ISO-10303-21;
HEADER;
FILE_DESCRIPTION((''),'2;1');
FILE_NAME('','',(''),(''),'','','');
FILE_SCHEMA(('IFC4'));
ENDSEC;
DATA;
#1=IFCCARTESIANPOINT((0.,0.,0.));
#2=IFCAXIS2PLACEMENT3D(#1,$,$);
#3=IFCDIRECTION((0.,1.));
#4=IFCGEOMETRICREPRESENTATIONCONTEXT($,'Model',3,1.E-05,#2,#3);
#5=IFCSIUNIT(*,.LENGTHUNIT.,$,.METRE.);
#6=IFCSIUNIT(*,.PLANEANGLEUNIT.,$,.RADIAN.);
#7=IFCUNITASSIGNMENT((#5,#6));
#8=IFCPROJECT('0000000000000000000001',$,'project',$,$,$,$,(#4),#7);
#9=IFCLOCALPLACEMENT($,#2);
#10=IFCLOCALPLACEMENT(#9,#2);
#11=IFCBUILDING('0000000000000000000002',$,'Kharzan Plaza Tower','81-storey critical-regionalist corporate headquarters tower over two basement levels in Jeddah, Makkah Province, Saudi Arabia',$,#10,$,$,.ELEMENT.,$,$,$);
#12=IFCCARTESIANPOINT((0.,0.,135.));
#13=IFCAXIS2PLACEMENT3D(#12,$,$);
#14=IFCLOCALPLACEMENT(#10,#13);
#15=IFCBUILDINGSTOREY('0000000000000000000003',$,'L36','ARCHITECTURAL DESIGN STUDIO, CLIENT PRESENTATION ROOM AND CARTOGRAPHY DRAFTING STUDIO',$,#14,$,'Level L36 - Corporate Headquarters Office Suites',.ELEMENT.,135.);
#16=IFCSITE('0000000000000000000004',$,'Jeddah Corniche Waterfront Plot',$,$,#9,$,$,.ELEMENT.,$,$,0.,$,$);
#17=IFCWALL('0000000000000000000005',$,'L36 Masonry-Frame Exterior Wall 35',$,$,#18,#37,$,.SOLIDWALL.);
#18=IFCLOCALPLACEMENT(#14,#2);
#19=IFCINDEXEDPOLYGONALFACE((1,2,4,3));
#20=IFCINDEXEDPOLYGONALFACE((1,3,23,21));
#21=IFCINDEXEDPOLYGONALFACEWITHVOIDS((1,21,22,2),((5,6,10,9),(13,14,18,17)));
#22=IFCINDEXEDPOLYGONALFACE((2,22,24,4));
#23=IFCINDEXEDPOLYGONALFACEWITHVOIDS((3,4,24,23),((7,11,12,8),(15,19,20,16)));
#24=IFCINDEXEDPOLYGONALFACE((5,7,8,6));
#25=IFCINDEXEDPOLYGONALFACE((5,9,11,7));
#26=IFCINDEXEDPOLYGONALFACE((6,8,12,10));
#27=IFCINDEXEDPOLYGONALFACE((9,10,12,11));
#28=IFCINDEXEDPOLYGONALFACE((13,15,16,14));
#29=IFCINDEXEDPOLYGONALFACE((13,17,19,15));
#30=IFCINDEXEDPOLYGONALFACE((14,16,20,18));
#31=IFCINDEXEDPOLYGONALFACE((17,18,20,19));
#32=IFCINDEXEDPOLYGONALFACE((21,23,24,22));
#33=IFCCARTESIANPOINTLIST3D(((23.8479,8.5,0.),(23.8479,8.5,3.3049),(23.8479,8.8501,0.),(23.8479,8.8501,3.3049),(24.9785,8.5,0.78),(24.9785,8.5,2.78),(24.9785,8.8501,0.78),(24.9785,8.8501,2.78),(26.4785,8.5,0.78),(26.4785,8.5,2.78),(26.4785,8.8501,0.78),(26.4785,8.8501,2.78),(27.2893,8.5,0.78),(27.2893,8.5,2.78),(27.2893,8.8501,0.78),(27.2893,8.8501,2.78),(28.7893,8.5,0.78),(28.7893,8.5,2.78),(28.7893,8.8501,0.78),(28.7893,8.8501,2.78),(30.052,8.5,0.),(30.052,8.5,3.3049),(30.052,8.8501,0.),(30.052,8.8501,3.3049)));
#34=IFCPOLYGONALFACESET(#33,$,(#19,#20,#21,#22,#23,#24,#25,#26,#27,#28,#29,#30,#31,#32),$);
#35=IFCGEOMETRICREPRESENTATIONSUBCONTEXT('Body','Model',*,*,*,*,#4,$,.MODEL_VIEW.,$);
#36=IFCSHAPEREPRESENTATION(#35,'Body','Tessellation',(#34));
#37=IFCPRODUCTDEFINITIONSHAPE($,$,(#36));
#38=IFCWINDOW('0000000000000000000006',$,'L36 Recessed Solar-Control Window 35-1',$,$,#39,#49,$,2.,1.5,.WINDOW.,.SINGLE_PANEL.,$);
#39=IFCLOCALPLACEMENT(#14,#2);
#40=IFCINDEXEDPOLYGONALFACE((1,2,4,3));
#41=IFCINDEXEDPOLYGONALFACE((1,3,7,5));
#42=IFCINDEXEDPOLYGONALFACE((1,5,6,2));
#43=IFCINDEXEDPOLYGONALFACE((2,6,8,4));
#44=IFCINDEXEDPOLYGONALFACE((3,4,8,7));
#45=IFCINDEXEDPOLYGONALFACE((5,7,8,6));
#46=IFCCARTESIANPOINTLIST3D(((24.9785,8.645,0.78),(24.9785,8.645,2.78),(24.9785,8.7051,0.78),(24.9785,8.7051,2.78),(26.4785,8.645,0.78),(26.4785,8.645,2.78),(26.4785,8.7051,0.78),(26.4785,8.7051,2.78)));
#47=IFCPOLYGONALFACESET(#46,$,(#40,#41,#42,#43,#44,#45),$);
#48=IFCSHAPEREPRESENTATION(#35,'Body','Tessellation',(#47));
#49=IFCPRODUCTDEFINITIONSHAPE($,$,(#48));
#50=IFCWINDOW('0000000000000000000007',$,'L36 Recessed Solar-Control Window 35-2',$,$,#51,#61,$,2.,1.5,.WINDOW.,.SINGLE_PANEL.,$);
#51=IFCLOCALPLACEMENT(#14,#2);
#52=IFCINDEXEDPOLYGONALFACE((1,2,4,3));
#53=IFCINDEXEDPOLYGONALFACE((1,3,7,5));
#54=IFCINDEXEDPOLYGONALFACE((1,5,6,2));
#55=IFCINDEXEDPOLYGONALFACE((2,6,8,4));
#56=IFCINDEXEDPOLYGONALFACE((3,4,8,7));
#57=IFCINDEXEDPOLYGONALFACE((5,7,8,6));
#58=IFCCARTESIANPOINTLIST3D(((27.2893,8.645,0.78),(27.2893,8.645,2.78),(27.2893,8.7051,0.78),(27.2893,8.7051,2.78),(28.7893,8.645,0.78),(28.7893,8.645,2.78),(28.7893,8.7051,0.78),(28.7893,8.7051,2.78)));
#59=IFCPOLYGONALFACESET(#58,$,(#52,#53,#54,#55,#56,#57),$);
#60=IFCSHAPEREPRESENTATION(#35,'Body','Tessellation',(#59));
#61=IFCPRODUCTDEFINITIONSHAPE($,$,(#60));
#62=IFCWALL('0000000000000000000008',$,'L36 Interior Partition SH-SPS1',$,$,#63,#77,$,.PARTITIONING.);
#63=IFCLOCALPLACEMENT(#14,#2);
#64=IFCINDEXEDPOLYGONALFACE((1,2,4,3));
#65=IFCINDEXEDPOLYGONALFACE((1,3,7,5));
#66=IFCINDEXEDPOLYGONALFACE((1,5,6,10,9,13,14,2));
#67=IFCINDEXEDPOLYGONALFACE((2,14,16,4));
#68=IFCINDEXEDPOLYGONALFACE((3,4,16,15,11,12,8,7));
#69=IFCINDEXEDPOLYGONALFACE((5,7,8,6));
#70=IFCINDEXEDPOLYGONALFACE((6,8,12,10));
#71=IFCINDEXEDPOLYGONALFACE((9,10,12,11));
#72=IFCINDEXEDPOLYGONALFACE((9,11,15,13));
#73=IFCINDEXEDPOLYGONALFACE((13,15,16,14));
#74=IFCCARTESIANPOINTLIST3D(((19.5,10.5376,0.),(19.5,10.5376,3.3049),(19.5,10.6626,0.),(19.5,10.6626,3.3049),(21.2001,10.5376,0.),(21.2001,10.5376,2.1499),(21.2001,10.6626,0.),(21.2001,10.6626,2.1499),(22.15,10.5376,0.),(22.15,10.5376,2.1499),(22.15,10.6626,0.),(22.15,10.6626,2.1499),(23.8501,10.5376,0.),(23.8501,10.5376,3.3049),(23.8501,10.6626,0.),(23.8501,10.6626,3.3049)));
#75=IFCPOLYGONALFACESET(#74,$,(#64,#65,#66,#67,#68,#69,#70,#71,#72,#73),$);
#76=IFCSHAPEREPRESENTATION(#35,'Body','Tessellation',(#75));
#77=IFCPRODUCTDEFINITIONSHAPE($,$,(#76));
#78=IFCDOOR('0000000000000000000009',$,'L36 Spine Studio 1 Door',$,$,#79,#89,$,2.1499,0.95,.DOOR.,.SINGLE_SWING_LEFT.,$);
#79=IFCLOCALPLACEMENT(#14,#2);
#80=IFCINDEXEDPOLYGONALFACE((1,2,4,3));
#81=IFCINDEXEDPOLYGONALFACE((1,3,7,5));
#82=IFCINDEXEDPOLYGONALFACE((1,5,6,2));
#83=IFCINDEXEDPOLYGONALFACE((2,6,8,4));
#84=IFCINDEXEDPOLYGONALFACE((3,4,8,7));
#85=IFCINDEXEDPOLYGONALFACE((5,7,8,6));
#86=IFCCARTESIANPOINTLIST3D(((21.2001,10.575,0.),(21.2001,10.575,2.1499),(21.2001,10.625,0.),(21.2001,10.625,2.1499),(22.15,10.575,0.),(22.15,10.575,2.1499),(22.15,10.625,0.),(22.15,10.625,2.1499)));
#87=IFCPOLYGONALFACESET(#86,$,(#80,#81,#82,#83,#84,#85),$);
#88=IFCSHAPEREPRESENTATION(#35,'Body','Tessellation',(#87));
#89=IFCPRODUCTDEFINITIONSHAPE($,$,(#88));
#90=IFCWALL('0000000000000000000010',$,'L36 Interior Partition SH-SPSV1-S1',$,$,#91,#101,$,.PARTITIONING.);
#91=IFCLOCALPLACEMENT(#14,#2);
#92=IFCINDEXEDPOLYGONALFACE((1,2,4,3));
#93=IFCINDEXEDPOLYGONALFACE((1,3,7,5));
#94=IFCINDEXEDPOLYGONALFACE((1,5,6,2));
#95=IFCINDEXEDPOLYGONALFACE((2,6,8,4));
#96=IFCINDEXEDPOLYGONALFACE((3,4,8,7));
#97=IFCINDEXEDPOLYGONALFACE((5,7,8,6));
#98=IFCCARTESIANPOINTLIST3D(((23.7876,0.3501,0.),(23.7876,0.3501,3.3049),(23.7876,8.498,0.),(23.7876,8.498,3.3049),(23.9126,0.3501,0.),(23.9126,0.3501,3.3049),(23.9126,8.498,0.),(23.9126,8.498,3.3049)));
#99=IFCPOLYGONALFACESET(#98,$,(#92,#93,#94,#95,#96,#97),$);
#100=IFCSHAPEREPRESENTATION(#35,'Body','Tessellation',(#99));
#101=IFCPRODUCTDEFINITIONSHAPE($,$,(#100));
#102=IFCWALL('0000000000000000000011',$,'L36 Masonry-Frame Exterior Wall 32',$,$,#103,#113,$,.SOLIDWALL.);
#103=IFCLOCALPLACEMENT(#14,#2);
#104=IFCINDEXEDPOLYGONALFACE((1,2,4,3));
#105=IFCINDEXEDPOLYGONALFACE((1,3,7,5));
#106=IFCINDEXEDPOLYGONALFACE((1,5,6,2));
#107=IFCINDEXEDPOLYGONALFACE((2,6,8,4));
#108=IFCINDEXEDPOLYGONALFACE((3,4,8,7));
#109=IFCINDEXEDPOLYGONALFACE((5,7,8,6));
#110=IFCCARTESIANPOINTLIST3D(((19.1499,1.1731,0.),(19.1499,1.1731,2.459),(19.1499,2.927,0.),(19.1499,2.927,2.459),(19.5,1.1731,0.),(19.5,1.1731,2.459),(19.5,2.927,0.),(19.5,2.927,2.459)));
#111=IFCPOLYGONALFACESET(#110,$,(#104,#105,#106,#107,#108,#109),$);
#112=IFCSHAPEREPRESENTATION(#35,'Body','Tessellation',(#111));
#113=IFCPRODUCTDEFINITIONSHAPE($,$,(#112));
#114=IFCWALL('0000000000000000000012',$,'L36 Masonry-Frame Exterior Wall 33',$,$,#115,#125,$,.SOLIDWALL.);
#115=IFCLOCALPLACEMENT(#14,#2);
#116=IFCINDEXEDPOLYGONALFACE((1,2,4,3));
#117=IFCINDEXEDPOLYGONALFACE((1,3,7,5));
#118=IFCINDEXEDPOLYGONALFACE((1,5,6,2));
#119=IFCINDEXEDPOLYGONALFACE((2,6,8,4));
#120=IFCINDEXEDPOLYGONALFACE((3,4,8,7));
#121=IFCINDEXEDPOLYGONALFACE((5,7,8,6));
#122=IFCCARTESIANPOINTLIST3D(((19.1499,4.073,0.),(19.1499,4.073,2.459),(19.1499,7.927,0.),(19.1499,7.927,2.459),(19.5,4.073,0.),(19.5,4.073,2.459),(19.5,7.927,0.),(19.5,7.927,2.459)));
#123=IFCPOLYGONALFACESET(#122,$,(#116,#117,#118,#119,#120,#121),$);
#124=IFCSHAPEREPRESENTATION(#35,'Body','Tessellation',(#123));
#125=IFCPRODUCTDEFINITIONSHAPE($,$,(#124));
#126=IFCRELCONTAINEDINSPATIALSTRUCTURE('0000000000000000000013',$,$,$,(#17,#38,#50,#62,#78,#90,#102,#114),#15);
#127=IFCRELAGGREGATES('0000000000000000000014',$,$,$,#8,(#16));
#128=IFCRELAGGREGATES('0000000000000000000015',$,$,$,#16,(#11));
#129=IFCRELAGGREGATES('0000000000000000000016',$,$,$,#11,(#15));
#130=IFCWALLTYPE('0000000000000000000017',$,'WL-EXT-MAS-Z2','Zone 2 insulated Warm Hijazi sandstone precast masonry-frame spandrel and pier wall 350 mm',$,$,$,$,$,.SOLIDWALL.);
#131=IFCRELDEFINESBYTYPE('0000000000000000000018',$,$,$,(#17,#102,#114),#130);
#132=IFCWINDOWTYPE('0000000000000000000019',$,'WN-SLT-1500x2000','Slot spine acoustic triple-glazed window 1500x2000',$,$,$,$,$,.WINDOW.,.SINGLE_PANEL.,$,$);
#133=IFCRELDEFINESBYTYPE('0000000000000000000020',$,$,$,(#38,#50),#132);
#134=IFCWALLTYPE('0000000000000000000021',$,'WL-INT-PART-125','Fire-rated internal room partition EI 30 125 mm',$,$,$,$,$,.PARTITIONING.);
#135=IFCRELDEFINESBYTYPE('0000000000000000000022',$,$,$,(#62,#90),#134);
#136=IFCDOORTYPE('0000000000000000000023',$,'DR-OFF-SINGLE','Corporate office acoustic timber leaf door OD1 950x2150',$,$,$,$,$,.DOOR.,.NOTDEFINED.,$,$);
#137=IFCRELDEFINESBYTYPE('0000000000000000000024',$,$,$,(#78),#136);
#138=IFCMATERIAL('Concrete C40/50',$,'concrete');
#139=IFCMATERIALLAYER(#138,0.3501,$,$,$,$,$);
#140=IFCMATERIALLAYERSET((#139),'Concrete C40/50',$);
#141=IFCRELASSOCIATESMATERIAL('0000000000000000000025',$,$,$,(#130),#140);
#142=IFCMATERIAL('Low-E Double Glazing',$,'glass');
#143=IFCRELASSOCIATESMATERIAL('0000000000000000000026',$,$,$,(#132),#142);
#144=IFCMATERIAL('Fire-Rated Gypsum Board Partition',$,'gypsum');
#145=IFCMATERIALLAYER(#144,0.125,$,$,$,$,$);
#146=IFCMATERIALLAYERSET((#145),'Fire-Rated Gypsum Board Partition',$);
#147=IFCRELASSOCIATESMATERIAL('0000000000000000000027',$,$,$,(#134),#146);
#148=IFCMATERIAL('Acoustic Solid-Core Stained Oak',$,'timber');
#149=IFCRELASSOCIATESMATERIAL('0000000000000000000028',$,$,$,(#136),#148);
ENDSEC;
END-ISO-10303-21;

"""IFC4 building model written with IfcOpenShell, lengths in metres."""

from ifc_helpers import new_model, si_unit, direction, frame, frame_2d, origin, place, context, subcontext, project, spatial, rectangle, extrude, source, transform, mapped, material, layer, layer_set, type_object, element, fill, save


model = new_model("IFC4")

# Units and contexts
model_context = context("Model", 3, precision=1e-05, world=origin(), true_north=direction((0.0, 1.0)))
body_context = subcontext(model_context, "Body", "Model", "MODEL_VIEW")
ifc_project = project(units=[si_unit("LENGTHUNIT", "METRE"), si_unit("PLANEANGLEUNIT", "RADIAN")], contexts=[model_context])

# Site, building, storey
site_placement = place(None, origin())
site = spatial("IfcSite", under=ifc_project, at=site_placement, Name="Jeddah Corniche Waterfront Plot", CompositionType="ELEMENT", RefElevation=0.0)
building_placement = place(site_placement, origin())
building = spatial("IfcBuilding", under=site, at=building_placement, Name="Kharzan Plaza Tower", Description="81-storey critical-regionalist corporate headquarters tower over two basement levels in Jeddah, Makkah Province, Saudi Arabia", CompositionType="ELEMENT")
storey_placement = place(building_placement, frame((0.0, 0.0, 135.0)))
storey = spatial("IfcBuildingStorey", under=building, at=storey_placement, Name="L36", Description="ARCHITECTURAL DESIGN STUDIO, CLIENT PRESENTATION ROOM AND CARTOGRAPHY DRAFTING STUDIO", LongName="Level L36 - Corporate Headquarters Office Suites", CompositionType="ELEMENT", Elevation=135.0)

# Shared definitions
ifc_material_1 = material(Name="Concrete C40/50", Category="concrete")
ifc_layer_1 = layer(ifc_material_1, 0.3501)
ifc_layer_set_1 = layer_set([ifc_layer_1], Name="Concrete C40/50")
wall_type_1 = type_object("IfcWallType", Name="WL-EXT-MAS-Z2", Description="Zone 2 insulated Warm Hijazi sandstone precast masonry-frame spandrel and pier wall 350 mm", PredefinedType="SOLIDWALL", material=ifc_layer_set_1)
ifc_material_2 = material(Name="Low-E Double Glazing", Category="glass")
window_type = type_object("IfcWindowType", Name="WN-SLT-1500x2000", Description="Slot spine acoustic triple-glazed window 1500x2000", PartitioningType="SINGLE_PANEL", PredefinedType="WINDOW", material=ifc_material_2)
shared_shape_1 = source(origin(), body_context, "Body", "SweptSolid", [
    extrude(rectangle(XDim=1.5, YDim=2.0, at=frame_2d((0.75, 1.0))), frame((0.0, 0.03, 0.0), z_axis=(0.0, -1.0, 0.0), x_axis=(1.0, 0.0, 0.0)), (0.0, 0.0, 1.0), 0.0601),
])

# Wall, openings, windows
wall_1_placement = place(storey_placement, frame((23.8479, 8.675, 0.0), z_axis=(0.0, 0.0, 1.0), x_axis=(1.0, 0.0, 0.0)))
wall_1 = element("IfcWall", 1, at=wall_1_placement, inside=storey, type_object=wall_type_1, Name="L36 Masonry-Frame Exterior Wall 35", PredefinedType="SOLIDWALL", context=body_context, shape_type="SweptSolid", body=[
    extrude(rectangle(XDim=6.2041, YDim=0.3501, at=frame_2d((3.1021, 0.0))), origin(), (0.0, 0.0, 1.0), 3.3049),
])
opening_1_placement = place(wall_1_placement, frame((1.1306, 0.0, 0.78)))
opening_1 = element("IfcOpeningElement", 2, at=opening_1_placement, cuts=wall_1, PredefinedType="OPENING", context=body_context, shape_type="SweptSolid", body=[
    extrude(rectangle(XDim=1.5, YDim=2.0, at=frame_2d((0.75, 1.0))), frame((0.0, 0.1851, 0.0), z_axis=(0.0, -1.0, 0.0), x_axis=(1.0, 0.0, 0.0)), (0.0, 0.0, 1.0), 0.3701),
])
opening_2_placement = place(wall_1_placement, frame((3.4414, 0.0, 0.78)))
opening_2 = element("IfcOpeningElement", 3, at=opening_2_placement, cuts=wall_1, PredefinedType="OPENING", context=body_context, shape_type="SweptSolid", body=[
    extrude(rectangle(XDim=1.5, YDim=2.0, at=frame_2d((0.75, 1.0))), frame((0.0, 0.1851, 0.0), z_axis=(0.0, -1.0, 0.0), x_axis=(1.0, 0.0, 0.0)), (0.0, 0.0, 1.0), 0.3701),
])
window_1_placement = place(opening_1_placement, origin())
window_1 = element("IfcWindow", 4, at=window_1_placement, inside=storey, type_object=window_type, Name="L36 Recessed Solar-Control Window 35-1", OverallHeight=2.0, OverallWidth=1.5, PartitioningType="SINGLE_PANEL", PredefinedType="WINDOW", context=body_context, shape_type="MappedRepresentation", body=[
    mapped(shared_shape_1, transform((0.0, 0.0, 0.0), x_axis=(1.0, 0.0, 0.0), y_axis=(0.0, 1.0, 0.0), z_axis=(0.0, 0.0, 1.0))),
])
fill(opening_1, window_1)
window_2_placement = place(opening_2_placement, origin())
window_2 = element("IfcWindow", 5, at=window_2_placement, inside=storey, type_object=window_type, Name="L36 Recessed Solar-Control Window 35-2", OverallHeight=2.0, OverallWidth=1.5, PartitioningType="SINGLE_PANEL", PredefinedType="WINDOW", context=body_context, shape_type="MappedRepresentation", body=[
    mapped(shared_shape_1, transform((0.0, 0.0, 0.0), x_axis=(1.0, 0.0, 0.0), y_axis=(0.0, 1.0, 0.0), z_axis=(0.0, 0.0, 1.0))),
])
fill(opening_2, window_2)

# Wall, opening, door
ifc_material_3 = material(Name="Fire-Rated Gypsum Board Partition", Category="gypsum")
ifc_layer_2 = layer(ifc_material_3, 0.125)
ifc_layer_set_2 = layer_set([ifc_layer_2], Name="Fire-Rated Gypsum Board Partition")
wall_type_2 = type_object("IfcWallType", Name="WL-INT-PART-125", Description="Fire-rated internal room partition EI 30 125 mm", PredefinedType="PARTITIONING", material=ifc_layer_set_2)
wall_2_placement = place(storey_placement, frame((19.5, 10.6001, 0.0), z_axis=(0.0, 0.0, 1.0), x_axis=(1.0, 0.0, 0.0)))
wall_2 = element("IfcWall", 6, at=wall_2_placement, inside=storey, type_object=wall_type_2, Name="L36 Interior Partition SH-SPS1", PredefinedType="PARTITIONING", context=body_context, shape_type="SweptSolid", body=[
    extrude(rectangle(XDim=4.3501, YDim=0.125, at=frame_2d((2.175, 0.0))), origin(), (0.0, 0.0, 1.0), 3.3049),
])
opening_3_placement = place(wall_2_placement, frame((1.7, 0.0, 0.0)))
opening_3 = element("IfcOpeningElement", 7, at=opening_3_placement, cuts=wall_2, PredefinedType="OPENING", context=body_context, shape_type="SweptSolid", body=[
    extrude(rectangle(XDim=0.95, YDim=2.1499, at=frame_2d((0.4751, 1.075))), frame((0.0, 0.0725, 0.0), z_axis=(0.0, -1.0, 0.0), x_axis=(1.0, 0.0, 0.0)), (0.0, 0.0, 1.0), 0.145),
])
ifc_material_4 = material(Name="Acoustic Solid-Core Stained Oak", Category="timber")
door_type = type_object("IfcDoorType", Name="DR-OFF-SINGLE", Description="Corporate office acoustic timber leaf door OD1 950x2150", OperationType="NOTDEFINED", PredefinedType="DOOR", material=ifc_material_4)
shared_shape_2 = source(origin(), body_context, "Body", "SweptSolid", [
    extrude(rectangle(XDim=0.95, YDim=2.1499, at=frame_2d((0.4751, 1.075))), frame((0.0, 0.0249, 0.0), z_axis=(0.0, -1.0, 0.0), x_axis=(1.0, 0.0, 0.0)), (0.0, 0.0, 1.0), 0.05),
])
door_placement = place(opening_3_placement, origin())
door = element("IfcDoor", 8, at=door_placement, inside=storey, type_object=door_type, Name="L36 Spine Studio 1 Door", OperationType="SINGLE_SWING_LEFT", OverallHeight=2.1499, OverallWidth=0.95, PredefinedType="DOOR", context=body_context, shape_type="MappedRepresentation", body=[
    mapped(shared_shape_2, transform((0.0, 0.0, 0.0), x_axis=(1.0, 0.0, 0.0), y_axis=(0.0, 1.0, 0.0), z_axis=(0.0, 0.0, 1.0))),
])
fill(opening_3, door)

# Walls
shared_shape_3 = source(origin(), body_context, "Body", "SweptSolid", [
    extrude(rectangle(XDim=8.1479, YDim=0.125, at=frame_2d((4.074, 0.0))), origin(), (0.0, 0.0, 1.0), 3.3049),
])
wall_3_placement = place(storey_placement, frame((23.8501, 0.3501, 0.0), z_axis=(0.0, 0.0, 1.0), x_axis=(0.0, 1.0, 0.0)))
element("IfcWall", 9, at=wall_3_placement, inside=storey, type_object=wall_type_2, Name="L36 Interior Partition SH-SPSV1-S1", PredefinedType="PARTITIONING", context=body_context, shape_type="MappedRepresentation", body=[
    mapped(shared_shape_3, transform((0.0, 0.0, 0.0), x_axis=(1.0, 0.0, 0.0), y_axis=(0.0, 1.0, 0.0), z_axis=(0.0, 0.0, 1.0))),
])
shared_shape_4 = source(origin(), body_context, "Body", "SweptSolid", [
    extrude(rectangle(XDim=1.7539, YDim=0.3501, at=frame_2d((0.877, 0.0))), origin(), (0.0, 0.0, 1.0), 2.459),
])
wall_4_placement = place(storey_placement, frame((19.325, 1.1731, 0.0), z_axis=(0.0, 0.0, 1.0), x_axis=(0.0, 1.0, 0.0)))
element("IfcWall", 10, at=wall_4_placement, inside=storey, type_object=wall_type_1, Name="L36 Masonry-Frame Exterior Wall 32", PredefinedType="SOLIDWALL", context=body_context, shape_type="MappedRepresentation", body=[
    mapped(shared_shape_4, transform((0.0, 0.0, 0.0), x_axis=(1.0, 0.0, 0.0), y_axis=(0.0, 1.0, 0.0), z_axis=(0.0, 0.0, 1.0))),
])
shared_shape_5 = source(origin(), body_context, "Body", "SweptSolid", [
    extrude(rectangle(XDim=3.854, YDim=0.3501, at=frame_2d((1.927, 0.0))), origin(), (0.0, 0.0, 1.0), 2.459),
])
wall_5_placement = place(storey_placement, frame((19.325, 4.073, 0.0), z_axis=(0.0, 0.0, 1.0), x_axis=(0.0, 1.0, 0.0)))
element("IfcWall", 11, at=wall_5_placement, inside=storey, type_object=wall_type_1, Name="L36 Masonry-Frame Exterior Wall 33", PredefinedType="SOLIDWALL", context=body_context, shape_type="MappedRepresentation", body=[
    mapped(shared_shape_5, transform((0.0, 0.0, 0.0), x_axis=(1.0, 0.0, 0.0), y_axis=(0.0, 1.0, 0.0), z_axis=(0.0, 0.0, 1.0))),
])

save(model, "model.ifc")
